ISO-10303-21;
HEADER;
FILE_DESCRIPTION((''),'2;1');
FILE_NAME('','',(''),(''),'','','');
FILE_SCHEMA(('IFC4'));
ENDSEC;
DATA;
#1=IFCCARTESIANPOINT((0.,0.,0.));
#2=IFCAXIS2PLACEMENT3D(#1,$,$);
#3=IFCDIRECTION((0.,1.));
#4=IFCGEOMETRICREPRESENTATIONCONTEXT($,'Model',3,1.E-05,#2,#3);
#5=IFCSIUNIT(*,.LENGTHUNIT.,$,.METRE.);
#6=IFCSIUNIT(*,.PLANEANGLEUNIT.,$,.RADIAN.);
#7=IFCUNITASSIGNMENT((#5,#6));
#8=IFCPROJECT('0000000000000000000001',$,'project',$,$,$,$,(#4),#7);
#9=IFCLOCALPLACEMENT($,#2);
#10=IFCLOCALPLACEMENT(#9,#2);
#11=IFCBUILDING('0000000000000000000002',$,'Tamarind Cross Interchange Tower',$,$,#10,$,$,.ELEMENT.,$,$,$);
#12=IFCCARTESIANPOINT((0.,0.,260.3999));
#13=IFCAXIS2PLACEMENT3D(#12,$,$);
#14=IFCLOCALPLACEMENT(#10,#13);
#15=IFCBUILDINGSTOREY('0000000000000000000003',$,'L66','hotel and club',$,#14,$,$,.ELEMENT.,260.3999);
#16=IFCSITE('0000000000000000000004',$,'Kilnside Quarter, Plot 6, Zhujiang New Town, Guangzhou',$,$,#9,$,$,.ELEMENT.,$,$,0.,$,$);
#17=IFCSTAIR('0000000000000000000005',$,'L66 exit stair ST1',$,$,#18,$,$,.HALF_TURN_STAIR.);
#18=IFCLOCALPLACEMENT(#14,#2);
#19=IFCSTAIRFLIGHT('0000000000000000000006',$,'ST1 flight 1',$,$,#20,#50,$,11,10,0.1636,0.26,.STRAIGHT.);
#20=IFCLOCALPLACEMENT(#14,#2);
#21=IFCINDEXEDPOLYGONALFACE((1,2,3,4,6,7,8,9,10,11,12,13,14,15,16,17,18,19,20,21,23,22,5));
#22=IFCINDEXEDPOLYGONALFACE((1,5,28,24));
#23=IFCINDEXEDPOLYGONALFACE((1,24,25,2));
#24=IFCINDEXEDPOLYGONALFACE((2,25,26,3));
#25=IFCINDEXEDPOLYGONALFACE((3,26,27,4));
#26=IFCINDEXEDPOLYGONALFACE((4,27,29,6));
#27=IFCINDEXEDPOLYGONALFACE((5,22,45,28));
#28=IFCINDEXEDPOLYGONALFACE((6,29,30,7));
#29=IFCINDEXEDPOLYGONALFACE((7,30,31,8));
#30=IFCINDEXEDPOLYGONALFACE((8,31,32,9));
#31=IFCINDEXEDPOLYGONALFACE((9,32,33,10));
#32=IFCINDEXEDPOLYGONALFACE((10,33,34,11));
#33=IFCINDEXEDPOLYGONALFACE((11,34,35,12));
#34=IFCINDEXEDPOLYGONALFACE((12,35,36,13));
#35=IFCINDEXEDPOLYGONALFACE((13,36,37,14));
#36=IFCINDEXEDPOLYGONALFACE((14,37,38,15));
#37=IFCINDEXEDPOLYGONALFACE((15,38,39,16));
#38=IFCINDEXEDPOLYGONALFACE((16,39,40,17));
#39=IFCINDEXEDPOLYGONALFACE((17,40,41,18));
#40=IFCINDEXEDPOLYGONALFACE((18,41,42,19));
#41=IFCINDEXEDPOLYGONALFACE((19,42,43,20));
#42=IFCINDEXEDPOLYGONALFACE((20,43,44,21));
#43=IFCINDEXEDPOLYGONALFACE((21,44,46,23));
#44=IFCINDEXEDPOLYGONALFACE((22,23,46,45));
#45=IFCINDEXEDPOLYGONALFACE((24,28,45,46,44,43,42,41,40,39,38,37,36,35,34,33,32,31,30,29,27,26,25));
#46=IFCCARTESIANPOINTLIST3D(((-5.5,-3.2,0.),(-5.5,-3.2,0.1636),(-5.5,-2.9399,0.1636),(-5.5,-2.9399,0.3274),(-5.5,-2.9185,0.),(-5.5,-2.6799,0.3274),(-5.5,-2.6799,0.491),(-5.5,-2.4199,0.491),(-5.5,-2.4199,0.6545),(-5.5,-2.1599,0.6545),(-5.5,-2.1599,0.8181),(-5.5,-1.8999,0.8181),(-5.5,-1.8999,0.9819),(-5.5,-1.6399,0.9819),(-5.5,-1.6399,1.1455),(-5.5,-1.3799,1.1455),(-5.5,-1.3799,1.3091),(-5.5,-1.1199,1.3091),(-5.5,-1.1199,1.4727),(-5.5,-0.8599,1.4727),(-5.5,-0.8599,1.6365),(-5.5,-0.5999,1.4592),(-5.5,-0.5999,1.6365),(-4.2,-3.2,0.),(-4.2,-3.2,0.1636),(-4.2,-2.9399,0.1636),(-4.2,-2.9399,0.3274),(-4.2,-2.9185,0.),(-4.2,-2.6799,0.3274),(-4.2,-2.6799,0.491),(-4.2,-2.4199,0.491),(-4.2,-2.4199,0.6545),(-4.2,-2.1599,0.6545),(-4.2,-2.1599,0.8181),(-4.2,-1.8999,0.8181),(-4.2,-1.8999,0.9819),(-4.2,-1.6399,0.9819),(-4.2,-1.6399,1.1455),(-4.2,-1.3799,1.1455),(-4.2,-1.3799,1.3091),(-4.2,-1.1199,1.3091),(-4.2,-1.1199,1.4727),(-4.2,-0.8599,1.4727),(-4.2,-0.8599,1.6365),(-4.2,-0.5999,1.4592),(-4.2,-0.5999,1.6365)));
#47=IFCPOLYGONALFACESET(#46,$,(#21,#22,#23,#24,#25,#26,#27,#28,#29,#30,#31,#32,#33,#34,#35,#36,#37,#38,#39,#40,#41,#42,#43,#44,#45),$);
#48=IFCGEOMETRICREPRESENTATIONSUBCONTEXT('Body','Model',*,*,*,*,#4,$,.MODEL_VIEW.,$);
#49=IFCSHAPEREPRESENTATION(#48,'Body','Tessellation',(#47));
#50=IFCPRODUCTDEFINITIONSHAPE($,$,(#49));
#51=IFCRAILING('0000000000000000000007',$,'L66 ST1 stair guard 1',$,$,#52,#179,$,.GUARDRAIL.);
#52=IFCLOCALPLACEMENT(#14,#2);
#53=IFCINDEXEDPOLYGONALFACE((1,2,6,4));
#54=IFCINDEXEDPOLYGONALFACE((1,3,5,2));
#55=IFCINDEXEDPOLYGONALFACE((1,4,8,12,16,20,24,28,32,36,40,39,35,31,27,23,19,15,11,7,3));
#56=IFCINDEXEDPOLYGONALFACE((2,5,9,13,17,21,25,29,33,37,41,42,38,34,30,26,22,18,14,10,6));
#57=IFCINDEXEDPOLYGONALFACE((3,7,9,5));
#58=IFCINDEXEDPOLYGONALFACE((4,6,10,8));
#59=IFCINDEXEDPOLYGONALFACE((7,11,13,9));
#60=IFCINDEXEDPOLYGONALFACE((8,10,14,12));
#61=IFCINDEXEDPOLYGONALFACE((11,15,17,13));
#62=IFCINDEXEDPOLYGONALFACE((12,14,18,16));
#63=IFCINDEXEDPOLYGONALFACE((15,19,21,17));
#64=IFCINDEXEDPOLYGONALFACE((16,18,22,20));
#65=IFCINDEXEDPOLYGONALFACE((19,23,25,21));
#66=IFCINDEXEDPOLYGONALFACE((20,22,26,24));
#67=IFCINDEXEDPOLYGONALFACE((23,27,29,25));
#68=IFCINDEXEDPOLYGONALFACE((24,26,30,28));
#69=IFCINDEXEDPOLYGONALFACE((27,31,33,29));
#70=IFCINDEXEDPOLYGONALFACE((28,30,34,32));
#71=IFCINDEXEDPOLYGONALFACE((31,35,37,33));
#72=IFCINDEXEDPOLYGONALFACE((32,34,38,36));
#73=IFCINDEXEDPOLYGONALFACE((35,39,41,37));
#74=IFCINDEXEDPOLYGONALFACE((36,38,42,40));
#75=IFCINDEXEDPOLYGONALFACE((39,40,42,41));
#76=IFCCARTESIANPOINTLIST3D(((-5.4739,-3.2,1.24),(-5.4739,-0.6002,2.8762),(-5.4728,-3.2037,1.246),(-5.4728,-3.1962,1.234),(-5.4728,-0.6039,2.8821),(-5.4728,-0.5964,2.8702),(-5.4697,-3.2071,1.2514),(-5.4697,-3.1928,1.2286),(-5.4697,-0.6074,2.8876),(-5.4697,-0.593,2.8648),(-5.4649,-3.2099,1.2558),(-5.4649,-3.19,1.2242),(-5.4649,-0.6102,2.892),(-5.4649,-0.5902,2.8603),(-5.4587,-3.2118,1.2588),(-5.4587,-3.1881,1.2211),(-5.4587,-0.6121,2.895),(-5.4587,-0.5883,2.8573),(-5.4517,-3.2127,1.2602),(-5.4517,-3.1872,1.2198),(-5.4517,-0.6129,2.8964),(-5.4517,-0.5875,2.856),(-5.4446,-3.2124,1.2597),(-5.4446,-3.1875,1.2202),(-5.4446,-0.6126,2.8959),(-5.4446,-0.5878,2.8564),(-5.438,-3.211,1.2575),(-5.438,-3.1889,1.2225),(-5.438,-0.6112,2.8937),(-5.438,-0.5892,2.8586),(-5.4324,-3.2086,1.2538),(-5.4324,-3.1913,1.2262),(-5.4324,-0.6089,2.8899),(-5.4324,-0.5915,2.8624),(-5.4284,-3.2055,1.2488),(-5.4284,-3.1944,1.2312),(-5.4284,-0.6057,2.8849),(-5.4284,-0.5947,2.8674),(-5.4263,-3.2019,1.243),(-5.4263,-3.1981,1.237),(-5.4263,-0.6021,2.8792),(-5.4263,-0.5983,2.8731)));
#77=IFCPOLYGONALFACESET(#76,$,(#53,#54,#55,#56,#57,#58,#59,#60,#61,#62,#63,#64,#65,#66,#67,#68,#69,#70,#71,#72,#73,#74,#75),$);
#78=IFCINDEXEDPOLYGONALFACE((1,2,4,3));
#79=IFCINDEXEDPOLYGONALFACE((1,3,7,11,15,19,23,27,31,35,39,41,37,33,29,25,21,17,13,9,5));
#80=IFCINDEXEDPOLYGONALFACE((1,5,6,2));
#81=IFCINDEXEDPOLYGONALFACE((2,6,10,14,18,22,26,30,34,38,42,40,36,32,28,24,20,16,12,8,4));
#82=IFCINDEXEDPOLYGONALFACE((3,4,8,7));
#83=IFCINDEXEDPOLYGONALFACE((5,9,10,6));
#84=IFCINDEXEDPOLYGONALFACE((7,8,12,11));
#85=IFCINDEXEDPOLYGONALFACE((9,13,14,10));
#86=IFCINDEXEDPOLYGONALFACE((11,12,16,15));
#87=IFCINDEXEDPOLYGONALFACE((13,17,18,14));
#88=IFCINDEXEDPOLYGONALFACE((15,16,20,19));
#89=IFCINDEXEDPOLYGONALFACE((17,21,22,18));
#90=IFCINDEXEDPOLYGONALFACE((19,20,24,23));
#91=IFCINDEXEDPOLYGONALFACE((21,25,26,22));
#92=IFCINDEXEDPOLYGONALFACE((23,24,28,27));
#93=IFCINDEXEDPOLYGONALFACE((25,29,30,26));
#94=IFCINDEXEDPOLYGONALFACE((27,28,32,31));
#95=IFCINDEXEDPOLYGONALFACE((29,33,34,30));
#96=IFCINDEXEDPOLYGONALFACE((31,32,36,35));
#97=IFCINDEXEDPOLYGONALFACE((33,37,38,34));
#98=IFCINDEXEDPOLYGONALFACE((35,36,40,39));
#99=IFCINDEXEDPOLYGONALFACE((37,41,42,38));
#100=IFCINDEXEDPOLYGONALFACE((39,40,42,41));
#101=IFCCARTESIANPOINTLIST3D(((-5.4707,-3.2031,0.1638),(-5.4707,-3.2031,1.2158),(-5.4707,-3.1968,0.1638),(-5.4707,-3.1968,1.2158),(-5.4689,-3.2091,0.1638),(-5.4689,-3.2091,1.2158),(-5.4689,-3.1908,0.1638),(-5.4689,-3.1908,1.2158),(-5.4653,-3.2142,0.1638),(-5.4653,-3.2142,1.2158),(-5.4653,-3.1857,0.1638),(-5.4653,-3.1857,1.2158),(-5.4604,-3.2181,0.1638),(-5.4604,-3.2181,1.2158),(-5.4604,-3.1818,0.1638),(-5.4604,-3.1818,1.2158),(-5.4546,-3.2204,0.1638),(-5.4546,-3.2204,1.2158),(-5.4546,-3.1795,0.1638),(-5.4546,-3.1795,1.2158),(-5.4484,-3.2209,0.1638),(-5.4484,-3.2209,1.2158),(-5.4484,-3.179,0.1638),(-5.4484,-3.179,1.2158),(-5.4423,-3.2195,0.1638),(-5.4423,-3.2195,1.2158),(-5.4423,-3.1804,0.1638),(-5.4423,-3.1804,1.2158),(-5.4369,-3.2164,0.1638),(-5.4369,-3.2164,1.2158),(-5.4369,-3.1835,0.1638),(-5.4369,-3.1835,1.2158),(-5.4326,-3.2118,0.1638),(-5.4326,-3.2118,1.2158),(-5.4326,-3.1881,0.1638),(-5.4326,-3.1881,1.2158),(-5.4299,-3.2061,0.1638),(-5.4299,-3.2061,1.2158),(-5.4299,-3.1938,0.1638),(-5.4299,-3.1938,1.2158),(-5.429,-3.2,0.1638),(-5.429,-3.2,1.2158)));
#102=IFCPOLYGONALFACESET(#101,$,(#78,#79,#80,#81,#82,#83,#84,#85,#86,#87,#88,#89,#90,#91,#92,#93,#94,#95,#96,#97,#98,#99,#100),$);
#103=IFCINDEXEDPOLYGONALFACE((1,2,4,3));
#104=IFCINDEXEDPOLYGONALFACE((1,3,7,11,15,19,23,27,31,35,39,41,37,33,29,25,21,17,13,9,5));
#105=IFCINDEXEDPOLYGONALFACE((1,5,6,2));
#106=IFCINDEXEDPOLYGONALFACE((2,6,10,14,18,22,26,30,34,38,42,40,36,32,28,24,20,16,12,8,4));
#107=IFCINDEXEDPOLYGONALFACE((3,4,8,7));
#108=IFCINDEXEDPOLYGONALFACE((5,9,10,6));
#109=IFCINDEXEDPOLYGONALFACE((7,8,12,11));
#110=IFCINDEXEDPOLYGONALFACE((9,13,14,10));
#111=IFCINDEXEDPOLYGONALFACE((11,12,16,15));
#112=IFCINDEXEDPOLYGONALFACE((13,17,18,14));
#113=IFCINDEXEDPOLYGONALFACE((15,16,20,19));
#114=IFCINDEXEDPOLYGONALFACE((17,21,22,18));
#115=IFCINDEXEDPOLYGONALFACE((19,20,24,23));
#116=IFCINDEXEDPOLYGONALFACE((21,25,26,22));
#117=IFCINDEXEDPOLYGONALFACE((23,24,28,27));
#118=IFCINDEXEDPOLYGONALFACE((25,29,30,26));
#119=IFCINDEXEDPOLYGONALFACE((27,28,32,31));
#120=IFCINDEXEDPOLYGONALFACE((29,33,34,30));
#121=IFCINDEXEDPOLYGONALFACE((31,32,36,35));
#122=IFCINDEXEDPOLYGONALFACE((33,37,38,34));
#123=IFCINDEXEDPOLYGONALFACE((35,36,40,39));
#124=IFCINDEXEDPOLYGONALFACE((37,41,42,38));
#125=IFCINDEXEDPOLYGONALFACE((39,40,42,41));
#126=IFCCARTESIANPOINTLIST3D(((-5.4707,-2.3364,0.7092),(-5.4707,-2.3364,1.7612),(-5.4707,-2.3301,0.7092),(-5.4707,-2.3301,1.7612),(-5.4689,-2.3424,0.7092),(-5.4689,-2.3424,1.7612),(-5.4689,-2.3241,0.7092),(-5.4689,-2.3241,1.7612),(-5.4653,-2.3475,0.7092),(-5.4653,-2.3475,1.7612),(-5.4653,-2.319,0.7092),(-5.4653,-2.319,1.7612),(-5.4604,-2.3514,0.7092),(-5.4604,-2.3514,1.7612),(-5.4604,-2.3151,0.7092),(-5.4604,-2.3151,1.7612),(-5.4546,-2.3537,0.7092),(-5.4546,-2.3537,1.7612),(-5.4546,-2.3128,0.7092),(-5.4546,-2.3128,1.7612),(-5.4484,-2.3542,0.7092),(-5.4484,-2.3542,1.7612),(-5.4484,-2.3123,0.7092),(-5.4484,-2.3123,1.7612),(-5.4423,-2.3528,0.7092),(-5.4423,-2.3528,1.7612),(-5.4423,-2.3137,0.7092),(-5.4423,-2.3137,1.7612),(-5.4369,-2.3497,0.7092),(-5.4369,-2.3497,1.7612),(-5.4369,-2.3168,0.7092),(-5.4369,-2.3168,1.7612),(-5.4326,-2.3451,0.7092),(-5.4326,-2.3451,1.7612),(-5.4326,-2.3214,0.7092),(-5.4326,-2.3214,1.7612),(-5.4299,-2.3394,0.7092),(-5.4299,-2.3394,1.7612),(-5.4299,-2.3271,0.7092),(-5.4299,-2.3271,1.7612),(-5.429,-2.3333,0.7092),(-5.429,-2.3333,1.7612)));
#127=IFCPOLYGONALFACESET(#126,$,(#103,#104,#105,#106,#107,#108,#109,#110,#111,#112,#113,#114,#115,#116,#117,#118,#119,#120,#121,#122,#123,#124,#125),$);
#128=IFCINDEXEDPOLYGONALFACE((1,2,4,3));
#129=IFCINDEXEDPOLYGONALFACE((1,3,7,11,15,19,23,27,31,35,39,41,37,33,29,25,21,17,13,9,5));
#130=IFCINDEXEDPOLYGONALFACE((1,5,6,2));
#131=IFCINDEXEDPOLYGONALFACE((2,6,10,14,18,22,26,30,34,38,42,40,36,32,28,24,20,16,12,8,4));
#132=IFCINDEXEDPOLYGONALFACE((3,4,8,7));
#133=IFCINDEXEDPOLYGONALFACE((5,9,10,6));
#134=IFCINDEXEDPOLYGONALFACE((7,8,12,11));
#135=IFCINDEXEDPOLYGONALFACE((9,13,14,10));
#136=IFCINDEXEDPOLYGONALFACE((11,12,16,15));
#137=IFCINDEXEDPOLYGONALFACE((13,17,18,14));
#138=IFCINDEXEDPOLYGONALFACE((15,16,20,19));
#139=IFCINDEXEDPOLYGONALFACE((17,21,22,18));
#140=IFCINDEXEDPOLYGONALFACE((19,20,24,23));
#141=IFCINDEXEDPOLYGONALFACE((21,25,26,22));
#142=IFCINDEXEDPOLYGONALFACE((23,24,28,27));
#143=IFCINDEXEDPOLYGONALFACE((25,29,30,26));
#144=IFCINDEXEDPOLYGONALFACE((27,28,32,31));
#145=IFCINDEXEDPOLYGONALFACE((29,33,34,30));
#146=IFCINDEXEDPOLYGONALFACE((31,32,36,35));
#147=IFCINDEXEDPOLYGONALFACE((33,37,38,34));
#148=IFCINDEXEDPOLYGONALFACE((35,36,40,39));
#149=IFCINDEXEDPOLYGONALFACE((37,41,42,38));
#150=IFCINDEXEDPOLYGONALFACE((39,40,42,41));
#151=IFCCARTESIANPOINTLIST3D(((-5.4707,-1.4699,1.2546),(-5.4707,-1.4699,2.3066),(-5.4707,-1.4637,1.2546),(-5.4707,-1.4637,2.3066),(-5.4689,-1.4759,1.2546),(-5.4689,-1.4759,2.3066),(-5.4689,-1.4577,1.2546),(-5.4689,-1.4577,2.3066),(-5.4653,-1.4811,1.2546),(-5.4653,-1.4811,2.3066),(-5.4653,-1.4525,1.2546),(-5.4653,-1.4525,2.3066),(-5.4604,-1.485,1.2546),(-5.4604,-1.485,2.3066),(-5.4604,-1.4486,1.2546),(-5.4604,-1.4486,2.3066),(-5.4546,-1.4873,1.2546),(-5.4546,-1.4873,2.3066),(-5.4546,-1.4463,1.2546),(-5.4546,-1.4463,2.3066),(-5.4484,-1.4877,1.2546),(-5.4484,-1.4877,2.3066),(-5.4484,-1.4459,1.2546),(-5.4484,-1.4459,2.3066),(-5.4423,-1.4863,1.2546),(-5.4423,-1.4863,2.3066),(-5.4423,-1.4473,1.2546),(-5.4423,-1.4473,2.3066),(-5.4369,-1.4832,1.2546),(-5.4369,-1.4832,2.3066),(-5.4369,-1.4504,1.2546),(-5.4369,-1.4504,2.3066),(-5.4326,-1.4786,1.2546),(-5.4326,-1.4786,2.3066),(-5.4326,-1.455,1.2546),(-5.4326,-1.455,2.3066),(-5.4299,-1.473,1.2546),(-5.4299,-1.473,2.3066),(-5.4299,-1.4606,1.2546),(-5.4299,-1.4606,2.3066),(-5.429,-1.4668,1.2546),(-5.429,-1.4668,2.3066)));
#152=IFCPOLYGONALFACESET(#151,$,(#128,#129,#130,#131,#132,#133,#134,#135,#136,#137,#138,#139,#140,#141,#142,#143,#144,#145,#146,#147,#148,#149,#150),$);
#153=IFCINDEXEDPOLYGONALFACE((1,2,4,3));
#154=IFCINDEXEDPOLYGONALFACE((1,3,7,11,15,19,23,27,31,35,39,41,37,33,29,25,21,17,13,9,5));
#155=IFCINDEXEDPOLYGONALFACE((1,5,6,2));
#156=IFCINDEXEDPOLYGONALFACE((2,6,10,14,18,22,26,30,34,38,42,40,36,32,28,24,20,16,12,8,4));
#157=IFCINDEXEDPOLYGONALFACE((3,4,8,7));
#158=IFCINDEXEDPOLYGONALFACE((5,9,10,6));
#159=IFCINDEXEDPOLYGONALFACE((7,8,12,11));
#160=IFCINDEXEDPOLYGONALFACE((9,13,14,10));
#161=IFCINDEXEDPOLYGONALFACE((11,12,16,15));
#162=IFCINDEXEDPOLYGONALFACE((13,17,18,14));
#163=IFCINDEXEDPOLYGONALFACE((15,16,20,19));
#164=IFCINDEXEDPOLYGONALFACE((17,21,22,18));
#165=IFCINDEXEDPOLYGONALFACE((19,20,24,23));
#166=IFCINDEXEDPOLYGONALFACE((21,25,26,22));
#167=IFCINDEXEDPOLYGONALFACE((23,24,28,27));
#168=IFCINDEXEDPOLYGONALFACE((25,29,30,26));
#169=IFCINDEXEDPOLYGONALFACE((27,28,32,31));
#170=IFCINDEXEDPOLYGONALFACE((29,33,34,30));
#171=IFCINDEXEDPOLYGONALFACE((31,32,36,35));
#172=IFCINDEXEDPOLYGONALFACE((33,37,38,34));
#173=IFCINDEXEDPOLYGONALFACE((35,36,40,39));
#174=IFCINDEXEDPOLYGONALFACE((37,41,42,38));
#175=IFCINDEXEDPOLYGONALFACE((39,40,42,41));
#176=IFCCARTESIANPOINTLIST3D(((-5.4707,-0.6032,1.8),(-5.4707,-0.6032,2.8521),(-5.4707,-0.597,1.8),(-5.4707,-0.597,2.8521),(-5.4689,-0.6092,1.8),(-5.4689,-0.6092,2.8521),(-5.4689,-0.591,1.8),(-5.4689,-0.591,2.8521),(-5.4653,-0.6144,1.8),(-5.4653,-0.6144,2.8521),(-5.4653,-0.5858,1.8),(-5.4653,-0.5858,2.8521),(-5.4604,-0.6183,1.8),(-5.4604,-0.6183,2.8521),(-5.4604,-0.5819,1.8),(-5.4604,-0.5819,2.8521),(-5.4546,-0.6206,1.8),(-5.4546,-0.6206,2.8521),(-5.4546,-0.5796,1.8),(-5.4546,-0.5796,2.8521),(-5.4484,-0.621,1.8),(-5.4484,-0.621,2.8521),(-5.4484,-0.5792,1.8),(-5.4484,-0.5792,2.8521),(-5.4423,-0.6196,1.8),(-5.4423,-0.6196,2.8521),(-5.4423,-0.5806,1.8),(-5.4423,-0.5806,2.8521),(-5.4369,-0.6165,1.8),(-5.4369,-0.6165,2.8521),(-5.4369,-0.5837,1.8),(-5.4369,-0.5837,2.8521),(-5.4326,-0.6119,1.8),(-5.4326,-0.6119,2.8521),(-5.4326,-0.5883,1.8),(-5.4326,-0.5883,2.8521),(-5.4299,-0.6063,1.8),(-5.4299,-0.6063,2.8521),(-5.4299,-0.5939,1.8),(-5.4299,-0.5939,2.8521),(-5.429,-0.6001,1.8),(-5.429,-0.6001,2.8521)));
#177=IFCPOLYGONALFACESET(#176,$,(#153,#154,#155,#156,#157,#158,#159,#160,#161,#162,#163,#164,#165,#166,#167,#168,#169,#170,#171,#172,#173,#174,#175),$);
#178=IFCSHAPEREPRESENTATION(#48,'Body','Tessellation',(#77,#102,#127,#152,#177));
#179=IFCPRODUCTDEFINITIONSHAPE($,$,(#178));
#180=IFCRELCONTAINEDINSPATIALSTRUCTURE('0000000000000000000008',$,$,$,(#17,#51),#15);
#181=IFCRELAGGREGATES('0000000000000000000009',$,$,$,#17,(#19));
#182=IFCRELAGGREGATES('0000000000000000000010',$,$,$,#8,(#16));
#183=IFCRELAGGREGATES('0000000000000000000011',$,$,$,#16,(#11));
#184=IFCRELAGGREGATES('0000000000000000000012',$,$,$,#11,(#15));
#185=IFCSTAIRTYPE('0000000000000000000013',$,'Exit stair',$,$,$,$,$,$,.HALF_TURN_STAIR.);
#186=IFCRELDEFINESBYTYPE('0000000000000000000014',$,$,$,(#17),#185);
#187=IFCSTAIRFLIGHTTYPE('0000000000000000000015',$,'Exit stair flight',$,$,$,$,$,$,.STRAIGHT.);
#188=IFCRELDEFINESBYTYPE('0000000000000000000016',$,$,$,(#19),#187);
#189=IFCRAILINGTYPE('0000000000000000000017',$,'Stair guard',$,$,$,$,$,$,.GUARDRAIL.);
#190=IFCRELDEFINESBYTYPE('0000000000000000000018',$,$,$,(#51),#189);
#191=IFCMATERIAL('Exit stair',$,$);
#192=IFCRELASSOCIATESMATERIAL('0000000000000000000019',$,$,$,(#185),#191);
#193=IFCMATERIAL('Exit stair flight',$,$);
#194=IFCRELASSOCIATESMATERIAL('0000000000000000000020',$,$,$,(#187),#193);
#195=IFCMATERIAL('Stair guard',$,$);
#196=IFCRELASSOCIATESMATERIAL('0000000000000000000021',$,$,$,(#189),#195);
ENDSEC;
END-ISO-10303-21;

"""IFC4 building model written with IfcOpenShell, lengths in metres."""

from ifc_helpers import new_model, si_unit, direction, frame, origin, origin_2d, place, context, subcontext, project, spatial, polyline, circle, outline, extrude, material, type_object, element, aggregate, save


model = new_model("IFC4")

# Units and contexts
model_context = context("Model", 3, precision=1e-05, world=origin(), true_north=direction((0.0, 1.0)))
body_context = subcontext(model_context, "Body", "Model", "MODEL_VIEW")
ifc_project = project(units=[si_unit("LENGTHUNIT", "METRE"), si_unit("PLANEANGLEUNIT", "RADIAN")], contexts=[model_context])

# Site, building, storey
site_placement = place(None, origin())
site = spatial("IfcSite", under=ifc_project, at=site_placement, Name="Kilnside Quarter, Plot 6, Zhujiang New Town, Guangzhou", CompositionType="ELEMENT", RefElevation=0.0)
building_placement = place(site_placement, origin())
building = spatial("IfcBuilding", under=site, at=building_placement, Name="Tamarind Cross Interchange Tower", CompositionType="ELEMENT")
storey_placement = place(building_placement, frame((0.0, 0.0, 260.3999)))
storey = spatial("IfcBuildingStorey", under=building, at=storey_placement, Name="L66", Description="hotel and club", CompositionType="ELEMENT", Elevation=260.3999)

# Stair, stair flight
ifc_material_1 = material(Name="Exit stair")
stair_type = type_object("IfcStairType", Name="Exit stair", PredefinedType="HALF_TURN_STAIR", material=ifc_material_1)
stair_placement = place(storey_placement, origin())
stair = element("IfcStair", 1, at=stair_placement, inside=storey, type_object=stair_type, Name="L66 exit stair ST1", PredefinedType="HALF_TURN_STAIR")
ifc_material_2 = material(Name="Exit stair flight")
stair_flight_type = type_object("IfcStairFlightType", Name="Exit stair flight", PredefinedType="STRAIGHT", material=ifc_material_2)
stair_flight_placement = place(storey_placement, frame((-4.8501, -3.2, 0.0), z_axis=(0.0, 0.0, 1.0), x_axis=(0.0, 1.0, 0.0)))
stair_flight = element("IfcStairFlight", 2, at=stair_flight_placement, type_object=stair_flight_type, Name="ST1 flight 1", NumberOfRisers=11, NumberOfTreads=10, PredefinedType="STRAIGHT", RiserHeight=0.1636, TreadLength=0.26, context=body_context, shape_type="SweptSolid", body=[
    extrude(outline(polyline([(0.0, 0.0), (0.0, 0.1636), (0.26, 0.1636), (0.26, 0.3274), (0.52, 0.3274), (0.52, 0.491), (0.78, 0.491), (0.78, 0.6545), (1.04, 0.6545), (1.04, 0.8181), (1.3, 0.8181), (1.3, 0.9819), (1.5601, 0.9819), (1.5601, 1.1455), (1.8201, 1.1455), (1.8201, 1.3091), (2.0801, 1.3091), (2.0801, 1.4727), (2.3401, 1.4727), (2.3401, 1.6365), (2.6001, 1.6365), (2.6001, 1.8), (2.6001, 1.4592), (0.2815, 0.0), (0.0, 0.0)])), frame((0.0, 0.6499, 0.0), z_axis=(0.0, -1.0, 0.0), x_axis=(1.0, 0.0, 0.0)), (0.0, 0.0, 1.0), 1.3),
])
aggregate(stair, [stair_flight])

# Railing
ifc_material_3 = material(Name="Stair guard")
railing_type_1 = type_object("IfcRailingType", Name="Stair guard", PredefinedType="GUARDRAIL", material=ifc_material_3)
railing_1_placement = place(storey_placement, frame((-5.45, -3.2, 0.1638)))
element("IfcRailing", 3, at=railing_1_placement, inside=storey, type_object=railing_type_1, Name="L66 ST1 stair guard 1", PredefinedType="GUARDRAIL", context=body_context, shape_type="SweptSolid", body=[
    extrude(circle(Radius=0.0239, at=origin_2d()), frame((0.0, 0.0, 1.0762), z_axis=(0.0, 0.846338, 0.532647), x_axis=(-1.0, 0.0, 0.0)), (0.0, 0.0, 1.0), 3.0718),
    extrude(circle(Radius=0.021, at=origin_2d()), origin(), (0.0, 0.0, 1.0), 1.052),
    extrude(circle(Radius=0.021, at=origin_2d()), frame((0.0, 0.8667, 0.5454)), (0.0, 0.0, 1.0), 1.052),
    extrude(circle(Radius=0.021, at=origin_2d()), frame((0.0, 1.7332, 1.0908)), (0.0, 0.0, 1.0), 1.052),
    extrude(circle(Radius=0.021, at=origin_2d()), frame((0.0, 2.5999, 1.6362)), (0.0, 0.0, 1.0), 1.052),
])

save(model, "model.ifc")
